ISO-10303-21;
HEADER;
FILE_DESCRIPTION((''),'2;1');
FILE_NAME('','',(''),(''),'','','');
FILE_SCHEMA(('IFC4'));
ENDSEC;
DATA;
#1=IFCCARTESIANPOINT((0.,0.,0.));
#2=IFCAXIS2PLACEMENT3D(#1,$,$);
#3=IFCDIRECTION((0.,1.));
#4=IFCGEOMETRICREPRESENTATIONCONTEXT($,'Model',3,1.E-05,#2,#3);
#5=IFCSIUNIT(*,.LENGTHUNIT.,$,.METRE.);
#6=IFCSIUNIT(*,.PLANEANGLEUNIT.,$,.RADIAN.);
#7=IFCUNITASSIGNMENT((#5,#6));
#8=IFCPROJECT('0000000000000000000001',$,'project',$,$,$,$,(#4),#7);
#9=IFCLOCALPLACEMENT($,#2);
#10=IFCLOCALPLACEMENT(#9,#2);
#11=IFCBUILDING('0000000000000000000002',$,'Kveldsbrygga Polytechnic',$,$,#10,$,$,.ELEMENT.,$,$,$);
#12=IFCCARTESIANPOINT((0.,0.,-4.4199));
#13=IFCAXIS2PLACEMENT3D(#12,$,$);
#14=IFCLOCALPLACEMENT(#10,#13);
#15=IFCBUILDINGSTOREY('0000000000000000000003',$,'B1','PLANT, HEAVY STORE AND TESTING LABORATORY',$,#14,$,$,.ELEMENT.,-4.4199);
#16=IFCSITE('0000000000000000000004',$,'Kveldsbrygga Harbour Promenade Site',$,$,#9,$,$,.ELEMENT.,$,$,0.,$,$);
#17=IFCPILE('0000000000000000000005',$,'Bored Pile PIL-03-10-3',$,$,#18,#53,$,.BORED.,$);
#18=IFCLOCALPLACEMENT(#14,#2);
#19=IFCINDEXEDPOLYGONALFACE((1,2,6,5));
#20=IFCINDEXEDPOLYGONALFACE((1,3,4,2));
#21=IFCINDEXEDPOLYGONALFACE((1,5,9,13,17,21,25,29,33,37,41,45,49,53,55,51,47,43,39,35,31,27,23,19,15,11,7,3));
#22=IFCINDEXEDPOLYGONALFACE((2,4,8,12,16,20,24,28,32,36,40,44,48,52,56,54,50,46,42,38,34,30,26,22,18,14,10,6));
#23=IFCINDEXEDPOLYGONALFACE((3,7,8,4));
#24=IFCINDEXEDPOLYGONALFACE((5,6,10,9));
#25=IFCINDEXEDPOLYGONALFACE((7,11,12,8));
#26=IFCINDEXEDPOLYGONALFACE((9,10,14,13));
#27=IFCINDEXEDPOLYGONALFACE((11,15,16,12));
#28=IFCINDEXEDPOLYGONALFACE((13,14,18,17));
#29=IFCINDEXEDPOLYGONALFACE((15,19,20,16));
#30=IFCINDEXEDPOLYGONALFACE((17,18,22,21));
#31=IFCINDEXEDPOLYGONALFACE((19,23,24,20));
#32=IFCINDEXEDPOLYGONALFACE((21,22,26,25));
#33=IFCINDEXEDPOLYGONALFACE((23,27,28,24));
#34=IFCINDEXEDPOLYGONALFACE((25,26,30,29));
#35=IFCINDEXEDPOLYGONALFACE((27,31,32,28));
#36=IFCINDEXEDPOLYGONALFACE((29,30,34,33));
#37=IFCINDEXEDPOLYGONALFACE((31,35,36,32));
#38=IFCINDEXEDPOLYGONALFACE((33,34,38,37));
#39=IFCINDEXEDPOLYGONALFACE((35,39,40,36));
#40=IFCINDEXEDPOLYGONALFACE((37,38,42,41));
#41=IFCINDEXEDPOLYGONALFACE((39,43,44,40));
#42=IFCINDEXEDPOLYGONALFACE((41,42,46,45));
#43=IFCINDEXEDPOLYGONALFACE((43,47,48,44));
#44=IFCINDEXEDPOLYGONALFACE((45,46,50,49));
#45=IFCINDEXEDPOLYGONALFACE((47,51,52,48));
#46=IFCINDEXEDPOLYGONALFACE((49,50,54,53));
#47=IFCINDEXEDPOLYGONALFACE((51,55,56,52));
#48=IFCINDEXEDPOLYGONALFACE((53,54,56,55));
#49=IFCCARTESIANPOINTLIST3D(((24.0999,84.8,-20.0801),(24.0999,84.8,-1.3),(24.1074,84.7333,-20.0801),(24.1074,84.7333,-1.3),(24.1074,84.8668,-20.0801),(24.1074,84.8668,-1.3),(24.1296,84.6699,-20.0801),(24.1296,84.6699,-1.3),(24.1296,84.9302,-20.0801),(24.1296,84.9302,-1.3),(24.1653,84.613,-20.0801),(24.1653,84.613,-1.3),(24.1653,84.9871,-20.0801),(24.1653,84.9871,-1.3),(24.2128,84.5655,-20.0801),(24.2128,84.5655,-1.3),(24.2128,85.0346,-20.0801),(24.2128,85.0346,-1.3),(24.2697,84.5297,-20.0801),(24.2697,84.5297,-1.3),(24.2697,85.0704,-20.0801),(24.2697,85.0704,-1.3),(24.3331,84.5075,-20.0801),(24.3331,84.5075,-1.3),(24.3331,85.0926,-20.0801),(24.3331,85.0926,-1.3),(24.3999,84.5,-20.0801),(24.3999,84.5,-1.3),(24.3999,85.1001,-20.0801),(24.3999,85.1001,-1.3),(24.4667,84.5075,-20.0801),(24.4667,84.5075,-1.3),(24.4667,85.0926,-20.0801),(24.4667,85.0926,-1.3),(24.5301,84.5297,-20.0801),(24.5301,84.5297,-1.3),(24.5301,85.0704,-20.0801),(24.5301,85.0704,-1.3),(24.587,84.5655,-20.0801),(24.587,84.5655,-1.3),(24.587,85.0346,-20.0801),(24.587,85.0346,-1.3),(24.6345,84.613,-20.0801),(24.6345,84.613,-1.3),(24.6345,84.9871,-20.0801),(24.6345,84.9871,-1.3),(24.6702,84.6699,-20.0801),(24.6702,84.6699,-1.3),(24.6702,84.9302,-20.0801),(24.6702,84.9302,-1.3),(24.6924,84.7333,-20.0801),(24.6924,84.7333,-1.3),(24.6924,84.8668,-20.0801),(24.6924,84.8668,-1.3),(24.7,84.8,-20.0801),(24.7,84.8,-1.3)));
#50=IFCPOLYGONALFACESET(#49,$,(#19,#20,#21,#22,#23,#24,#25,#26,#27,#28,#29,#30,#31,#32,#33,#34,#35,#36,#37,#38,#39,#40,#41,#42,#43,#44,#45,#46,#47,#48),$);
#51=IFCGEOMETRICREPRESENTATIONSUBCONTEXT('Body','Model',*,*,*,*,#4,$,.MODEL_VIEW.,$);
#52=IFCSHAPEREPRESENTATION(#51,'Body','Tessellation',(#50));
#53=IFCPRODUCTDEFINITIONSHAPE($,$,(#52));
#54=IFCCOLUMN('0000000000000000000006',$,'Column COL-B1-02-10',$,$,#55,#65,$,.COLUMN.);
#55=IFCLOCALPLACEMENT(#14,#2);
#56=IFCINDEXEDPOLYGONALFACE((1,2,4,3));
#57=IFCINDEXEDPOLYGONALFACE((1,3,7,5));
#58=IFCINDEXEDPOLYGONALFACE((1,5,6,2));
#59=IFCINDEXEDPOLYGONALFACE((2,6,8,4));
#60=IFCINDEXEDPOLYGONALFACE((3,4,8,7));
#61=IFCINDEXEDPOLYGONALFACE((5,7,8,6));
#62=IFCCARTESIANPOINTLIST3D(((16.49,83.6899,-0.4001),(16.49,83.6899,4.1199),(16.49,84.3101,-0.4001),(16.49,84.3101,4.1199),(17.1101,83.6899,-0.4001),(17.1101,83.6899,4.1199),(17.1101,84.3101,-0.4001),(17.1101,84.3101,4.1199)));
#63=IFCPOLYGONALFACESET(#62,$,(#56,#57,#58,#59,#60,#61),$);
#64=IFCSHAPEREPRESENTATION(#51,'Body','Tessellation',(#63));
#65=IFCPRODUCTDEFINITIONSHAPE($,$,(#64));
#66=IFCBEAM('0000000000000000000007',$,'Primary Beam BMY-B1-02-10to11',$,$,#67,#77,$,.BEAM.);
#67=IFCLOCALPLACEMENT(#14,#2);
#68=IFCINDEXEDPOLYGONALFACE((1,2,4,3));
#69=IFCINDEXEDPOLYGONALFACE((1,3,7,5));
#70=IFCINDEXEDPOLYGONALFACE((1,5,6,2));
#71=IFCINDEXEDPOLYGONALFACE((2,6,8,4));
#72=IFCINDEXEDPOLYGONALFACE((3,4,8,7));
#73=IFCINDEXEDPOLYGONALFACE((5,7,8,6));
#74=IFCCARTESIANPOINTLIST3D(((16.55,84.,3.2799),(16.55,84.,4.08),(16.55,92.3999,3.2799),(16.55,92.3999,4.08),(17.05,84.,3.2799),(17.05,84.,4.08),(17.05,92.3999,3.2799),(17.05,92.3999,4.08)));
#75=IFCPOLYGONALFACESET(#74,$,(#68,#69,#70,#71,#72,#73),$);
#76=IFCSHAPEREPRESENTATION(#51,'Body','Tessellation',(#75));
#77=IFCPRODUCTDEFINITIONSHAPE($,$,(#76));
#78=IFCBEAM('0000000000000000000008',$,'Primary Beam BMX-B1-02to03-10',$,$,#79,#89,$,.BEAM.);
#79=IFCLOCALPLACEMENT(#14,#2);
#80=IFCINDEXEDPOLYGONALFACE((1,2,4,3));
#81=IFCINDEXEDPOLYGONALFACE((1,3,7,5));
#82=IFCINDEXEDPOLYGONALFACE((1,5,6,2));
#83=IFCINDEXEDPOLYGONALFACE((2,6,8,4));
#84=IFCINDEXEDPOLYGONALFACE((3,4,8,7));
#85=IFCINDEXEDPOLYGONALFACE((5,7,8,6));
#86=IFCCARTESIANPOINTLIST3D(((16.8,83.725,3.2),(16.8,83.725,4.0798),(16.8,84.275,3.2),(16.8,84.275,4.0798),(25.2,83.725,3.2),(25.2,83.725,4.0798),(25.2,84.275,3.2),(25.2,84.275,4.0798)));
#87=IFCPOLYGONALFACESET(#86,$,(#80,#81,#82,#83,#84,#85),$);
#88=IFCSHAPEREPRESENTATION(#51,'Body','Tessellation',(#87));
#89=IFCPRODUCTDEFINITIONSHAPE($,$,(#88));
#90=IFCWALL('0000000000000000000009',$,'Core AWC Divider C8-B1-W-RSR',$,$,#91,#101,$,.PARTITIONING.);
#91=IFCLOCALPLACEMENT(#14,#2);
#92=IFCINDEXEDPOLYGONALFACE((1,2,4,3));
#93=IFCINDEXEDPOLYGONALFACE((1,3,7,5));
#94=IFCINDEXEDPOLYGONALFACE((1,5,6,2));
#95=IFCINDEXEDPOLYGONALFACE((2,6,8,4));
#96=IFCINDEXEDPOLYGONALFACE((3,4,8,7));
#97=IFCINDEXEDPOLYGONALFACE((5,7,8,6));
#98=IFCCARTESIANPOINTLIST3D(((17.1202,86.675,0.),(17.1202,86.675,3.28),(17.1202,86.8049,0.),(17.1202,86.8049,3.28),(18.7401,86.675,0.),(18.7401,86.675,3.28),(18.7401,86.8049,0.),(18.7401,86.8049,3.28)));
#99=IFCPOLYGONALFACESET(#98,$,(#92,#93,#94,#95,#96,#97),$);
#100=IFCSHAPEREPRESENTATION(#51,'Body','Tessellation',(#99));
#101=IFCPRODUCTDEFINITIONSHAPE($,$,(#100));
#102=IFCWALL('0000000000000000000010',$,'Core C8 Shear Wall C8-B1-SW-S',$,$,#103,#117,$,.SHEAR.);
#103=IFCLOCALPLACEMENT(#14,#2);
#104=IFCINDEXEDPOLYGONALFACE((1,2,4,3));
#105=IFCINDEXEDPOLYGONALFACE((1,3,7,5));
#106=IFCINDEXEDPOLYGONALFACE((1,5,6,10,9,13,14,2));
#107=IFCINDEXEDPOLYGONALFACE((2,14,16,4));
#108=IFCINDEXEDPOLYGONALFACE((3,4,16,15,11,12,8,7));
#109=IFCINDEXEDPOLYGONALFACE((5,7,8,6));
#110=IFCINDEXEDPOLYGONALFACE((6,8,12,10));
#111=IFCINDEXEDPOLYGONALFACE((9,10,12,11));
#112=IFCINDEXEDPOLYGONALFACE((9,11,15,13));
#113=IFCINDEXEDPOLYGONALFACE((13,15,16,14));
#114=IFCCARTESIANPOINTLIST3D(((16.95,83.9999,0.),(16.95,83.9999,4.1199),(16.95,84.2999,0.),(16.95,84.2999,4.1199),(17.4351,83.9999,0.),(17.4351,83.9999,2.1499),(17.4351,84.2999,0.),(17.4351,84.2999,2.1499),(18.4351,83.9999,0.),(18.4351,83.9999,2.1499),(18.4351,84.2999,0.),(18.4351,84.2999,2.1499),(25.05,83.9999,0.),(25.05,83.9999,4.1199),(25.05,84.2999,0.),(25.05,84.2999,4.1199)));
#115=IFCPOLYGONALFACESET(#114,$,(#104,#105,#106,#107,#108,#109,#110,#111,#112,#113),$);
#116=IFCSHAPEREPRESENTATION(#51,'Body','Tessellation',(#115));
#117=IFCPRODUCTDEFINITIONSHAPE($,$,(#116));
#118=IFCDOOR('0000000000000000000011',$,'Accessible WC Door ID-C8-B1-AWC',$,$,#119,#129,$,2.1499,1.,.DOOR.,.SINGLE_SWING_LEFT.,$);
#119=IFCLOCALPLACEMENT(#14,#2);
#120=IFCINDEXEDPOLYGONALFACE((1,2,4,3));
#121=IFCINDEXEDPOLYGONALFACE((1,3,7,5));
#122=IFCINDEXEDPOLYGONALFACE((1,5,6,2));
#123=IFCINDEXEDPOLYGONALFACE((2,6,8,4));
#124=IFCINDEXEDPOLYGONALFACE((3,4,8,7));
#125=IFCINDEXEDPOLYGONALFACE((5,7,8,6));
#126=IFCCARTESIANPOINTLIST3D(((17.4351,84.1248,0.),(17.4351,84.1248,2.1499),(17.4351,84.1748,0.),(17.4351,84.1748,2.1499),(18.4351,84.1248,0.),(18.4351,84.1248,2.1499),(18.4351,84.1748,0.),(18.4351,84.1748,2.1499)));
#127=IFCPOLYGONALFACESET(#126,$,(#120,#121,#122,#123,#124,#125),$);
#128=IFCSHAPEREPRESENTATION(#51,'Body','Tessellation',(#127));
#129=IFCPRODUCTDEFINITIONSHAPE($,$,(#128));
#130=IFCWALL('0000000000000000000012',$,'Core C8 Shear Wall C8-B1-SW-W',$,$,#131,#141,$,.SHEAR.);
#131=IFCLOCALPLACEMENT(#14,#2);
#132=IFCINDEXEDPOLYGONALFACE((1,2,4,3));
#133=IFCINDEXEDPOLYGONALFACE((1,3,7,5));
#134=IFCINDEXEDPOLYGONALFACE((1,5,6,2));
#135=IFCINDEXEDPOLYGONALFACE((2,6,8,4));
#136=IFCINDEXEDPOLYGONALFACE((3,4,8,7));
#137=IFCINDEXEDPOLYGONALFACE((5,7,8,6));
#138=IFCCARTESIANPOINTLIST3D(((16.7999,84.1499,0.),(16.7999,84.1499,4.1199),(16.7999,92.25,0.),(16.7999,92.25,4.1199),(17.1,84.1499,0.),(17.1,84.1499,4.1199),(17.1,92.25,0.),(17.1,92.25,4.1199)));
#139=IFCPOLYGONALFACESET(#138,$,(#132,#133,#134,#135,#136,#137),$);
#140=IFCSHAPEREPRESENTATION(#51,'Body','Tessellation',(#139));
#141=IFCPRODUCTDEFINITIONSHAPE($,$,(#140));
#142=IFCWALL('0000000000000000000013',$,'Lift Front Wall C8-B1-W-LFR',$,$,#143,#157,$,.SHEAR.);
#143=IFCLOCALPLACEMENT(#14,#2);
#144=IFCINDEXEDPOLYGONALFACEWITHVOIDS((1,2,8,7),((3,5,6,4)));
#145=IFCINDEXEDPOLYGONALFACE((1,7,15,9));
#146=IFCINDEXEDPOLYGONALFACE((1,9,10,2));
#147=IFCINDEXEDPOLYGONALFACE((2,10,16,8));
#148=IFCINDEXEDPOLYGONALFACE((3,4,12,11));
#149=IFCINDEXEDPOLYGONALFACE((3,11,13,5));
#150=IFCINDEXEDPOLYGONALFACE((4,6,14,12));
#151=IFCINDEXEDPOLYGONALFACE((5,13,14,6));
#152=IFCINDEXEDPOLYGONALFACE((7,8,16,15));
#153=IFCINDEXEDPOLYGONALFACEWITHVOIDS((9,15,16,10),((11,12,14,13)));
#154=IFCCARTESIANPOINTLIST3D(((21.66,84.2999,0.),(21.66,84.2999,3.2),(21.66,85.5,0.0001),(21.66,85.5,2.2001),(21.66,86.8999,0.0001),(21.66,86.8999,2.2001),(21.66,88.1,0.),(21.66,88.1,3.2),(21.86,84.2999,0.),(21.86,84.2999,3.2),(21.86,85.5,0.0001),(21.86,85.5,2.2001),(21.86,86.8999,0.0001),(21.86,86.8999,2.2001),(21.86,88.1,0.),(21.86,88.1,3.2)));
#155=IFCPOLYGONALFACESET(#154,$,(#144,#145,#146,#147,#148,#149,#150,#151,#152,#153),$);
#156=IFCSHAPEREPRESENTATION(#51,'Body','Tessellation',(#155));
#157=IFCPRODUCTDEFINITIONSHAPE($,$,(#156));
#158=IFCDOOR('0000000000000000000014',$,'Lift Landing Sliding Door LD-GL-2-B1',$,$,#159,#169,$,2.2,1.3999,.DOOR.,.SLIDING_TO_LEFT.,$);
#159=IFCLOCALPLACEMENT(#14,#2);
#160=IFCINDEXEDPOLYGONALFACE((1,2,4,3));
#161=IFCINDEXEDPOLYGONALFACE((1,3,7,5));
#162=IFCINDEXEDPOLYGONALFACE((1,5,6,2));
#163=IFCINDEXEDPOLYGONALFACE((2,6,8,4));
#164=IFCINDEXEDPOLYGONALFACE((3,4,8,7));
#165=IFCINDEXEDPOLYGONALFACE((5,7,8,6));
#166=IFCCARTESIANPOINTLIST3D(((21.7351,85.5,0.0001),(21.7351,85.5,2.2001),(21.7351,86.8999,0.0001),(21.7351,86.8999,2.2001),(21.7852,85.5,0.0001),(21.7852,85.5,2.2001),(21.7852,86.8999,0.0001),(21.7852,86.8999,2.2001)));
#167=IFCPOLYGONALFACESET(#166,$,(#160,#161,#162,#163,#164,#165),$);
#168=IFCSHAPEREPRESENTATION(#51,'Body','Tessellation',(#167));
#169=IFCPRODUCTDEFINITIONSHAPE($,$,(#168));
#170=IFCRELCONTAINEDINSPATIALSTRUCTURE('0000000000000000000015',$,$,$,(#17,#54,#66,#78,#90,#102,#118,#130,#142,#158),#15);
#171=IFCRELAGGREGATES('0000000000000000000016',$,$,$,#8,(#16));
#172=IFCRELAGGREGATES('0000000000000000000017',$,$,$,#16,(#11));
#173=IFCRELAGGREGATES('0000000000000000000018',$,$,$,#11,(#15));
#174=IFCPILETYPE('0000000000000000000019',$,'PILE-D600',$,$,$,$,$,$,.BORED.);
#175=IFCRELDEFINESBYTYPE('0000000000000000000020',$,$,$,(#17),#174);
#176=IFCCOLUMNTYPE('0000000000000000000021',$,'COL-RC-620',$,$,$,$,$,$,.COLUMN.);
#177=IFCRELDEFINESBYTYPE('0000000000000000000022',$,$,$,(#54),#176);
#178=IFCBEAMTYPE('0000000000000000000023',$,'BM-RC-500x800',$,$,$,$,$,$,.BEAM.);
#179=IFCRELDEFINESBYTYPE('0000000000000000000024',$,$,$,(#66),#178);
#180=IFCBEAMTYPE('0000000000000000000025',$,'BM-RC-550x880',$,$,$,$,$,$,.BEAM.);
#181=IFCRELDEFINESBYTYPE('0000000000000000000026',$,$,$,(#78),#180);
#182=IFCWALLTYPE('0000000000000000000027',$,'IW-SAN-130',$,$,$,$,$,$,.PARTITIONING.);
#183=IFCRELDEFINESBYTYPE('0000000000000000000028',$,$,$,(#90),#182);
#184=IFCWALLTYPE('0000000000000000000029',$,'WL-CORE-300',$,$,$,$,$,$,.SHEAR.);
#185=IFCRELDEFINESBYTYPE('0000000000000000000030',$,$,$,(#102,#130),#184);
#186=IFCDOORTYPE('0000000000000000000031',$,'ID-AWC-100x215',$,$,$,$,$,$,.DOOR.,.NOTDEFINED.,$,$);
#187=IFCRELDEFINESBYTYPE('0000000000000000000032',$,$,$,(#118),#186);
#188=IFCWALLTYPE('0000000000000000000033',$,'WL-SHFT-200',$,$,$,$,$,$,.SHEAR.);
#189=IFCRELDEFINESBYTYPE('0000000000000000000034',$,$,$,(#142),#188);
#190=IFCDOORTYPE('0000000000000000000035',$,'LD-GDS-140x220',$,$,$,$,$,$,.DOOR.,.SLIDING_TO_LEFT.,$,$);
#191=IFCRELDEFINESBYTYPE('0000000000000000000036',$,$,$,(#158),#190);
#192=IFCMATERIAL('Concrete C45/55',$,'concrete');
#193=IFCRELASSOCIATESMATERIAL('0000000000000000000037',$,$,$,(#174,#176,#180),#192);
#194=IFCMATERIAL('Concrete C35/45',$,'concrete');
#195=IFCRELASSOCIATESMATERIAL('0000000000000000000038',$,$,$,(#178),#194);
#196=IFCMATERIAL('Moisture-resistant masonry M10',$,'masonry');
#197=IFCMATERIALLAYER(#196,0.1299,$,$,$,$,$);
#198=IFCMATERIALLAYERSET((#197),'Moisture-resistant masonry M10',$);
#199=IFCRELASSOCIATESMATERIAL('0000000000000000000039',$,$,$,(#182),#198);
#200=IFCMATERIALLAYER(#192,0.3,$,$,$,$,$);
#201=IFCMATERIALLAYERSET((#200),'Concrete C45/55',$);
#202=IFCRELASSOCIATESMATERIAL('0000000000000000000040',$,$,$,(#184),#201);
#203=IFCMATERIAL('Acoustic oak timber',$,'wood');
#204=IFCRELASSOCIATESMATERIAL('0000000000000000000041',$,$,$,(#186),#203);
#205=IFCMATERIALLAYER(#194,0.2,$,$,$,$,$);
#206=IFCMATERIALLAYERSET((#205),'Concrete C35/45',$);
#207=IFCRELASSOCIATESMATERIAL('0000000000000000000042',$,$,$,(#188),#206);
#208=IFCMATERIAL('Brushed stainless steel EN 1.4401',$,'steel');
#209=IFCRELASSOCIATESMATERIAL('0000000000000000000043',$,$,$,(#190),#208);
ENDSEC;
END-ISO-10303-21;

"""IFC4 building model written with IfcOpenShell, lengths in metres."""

from ifc_helpers import new_model, si_unit, direction, frame, frame_2d, origin, origin_2d, place, context, subcontext, project, spatial, rectangle, circle, extrude, material, layer, layer_set, material_profile, profile_set, type_object, element, fill, save


model = new_model("IFC4")

# Units and contexts
model_context = context("Model", 3, precision=1e-05, world=origin(), true_north=direction((0.0, 1.0)))
body_context = subcontext(model_context, "Body", "Model", "MODEL_VIEW")
ifc_project = project(units=[si_unit("LENGTHUNIT", "METRE"), si_unit("PLANEANGLEUNIT", "RADIAN")], contexts=[model_context])

# Site, building, storey
site_placement = place(None, origin())
site = spatial("IfcSite", under=ifc_project, at=site_placement, Name="Kveldsbrygga Harbour Promenade Site", CompositionType="ELEMENT", RefElevation=0.0)
building_placement = place(site_placement, origin())
building = spatial("IfcBuilding", under=site, at=building_placement, Name="Kveldsbrygga Polytechnic", CompositionType="ELEMENT")
storey_placement = place(building_placement, frame((0.0, 0.0, -4.4199)))
storey = spatial("IfcBuildingStorey", under=building, at=storey_placement, Name="B1", Description="PLANT, HEAVY STORE AND TESTING LABORATORY", CompositionType="ELEMENT", Elevation=-4.4199)

# Shared definitions
ifc_material_1 = material(Name="Concrete C45/55", Category="concrete")

# Pile
ifc_material_profile_1 = material_profile(ifc_material_1, circle(Radius=0.3, at=origin_2d()), Name="PILE D600")
ifc_profile_set_1 = profile_set([ifc_material_profile_1], Name="Concrete C45/55")
pile_type = type_object("IfcPileType", Name="PILE-D600", PredefinedType="BORED", material=ifc_profile_set_1)
for number, where, z_axis, x_axis, name in (
    (1, (24.3999, 84.8, -1.3), (0.0, 0.0, -1.0), (1.0, 0.0, 0.0), "Bored Pile PIL-03-10-3"),
):
    element("IfcPile", number, at=place(storey_placement, frame(where, z_axis=z_axis, x_axis=x_axis)), inside=storey, type_object=pile_type, Name=name, PredefinedType="BORED", context=body_context, shape_type="SweptSolid", body=[
        extrude(circle(Radius=0.3, at=origin_2d()), origin(), (0.0, 0.0, 1.0), 18.78),
    ])

# Column
ifc_material_profile_2 = material_profile(ifc_material_1, rectangle(XDim=0.6201, YDim=0.6201, at=origin_2d()), Name="RC 620x620")
ifc_profile_set_2 = profile_set([ifc_material_profile_2], Name="Concrete C45/55")
column_type = type_object("IfcColumnType", Name="COL-RC-620", PredefinedType="COLUMN", material=ifc_profile_set_2)
column_placement = place(storey_placement, frame((16.8, 84.0, -0.4001), z_axis=(0.0, 0.0, 1.0), x_axis=(1.0, 0.0, 0.0)))
element("IfcColumn", 2, at=column_placement, inside=storey, type_object=column_type, Name="Column COL-B1-02-10", PredefinedType="COLUMN", context=body_context, shape_type="SweptSolid", body=[
    extrude(rectangle(XDim=0.6201, YDim=0.6201, at=origin_2d()), origin(), (0.0, 0.0, 1.0), 4.52),
])

# Beams
ifc_material_2 = material(Name="Concrete C35/45", Category="concrete")
ifc_material_profile_3 = material_profile(ifc_material_2, rectangle(XDim=0.5, YDim=0.8, at=origin_2d()), Name="RC 500x800")
ifc_profile_set_3 = profile_set([ifc_material_profile_3], Name="Concrete C35/45")
beam_type_1 = type_object("IfcBeamType", Name="BM-RC-500x800", PredefinedType="BEAM", material=ifc_profile_set_3)
beam_1_placement = place(storey_placement, frame((16.8, 84.0, 3.6799), z_axis=(0.0, 1.0, 0.0), x_axis=(-1.0, 0.0, 0.0)))
element("IfcBeam", 3, at=beam_1_placement, inside=storey, type_object=beam_type_1, Name="Primary Beam BMY-B1-02-10to11", PredefinedType="BEAM", context=body_context, shape_type="SweptSolid", body=[
    extrude(rectangle(XDim=0.5, YDim=0.8, at=origin_2d()), origin(), (0.0, 0.0, 1.0), 8.3999),
])
ifc_material_profile_4 = material_profile(ifc_material_1, rectangle(XDim=0.55, YDim=0.8799, at=origin_2d()), Name="RC 550x880")
ifc_profile_set_4 = profile_set([ifc_material_profile_4], Name="Concrete C45/55")
beam_type_2 = type_object("IfcBeamType", Name="BM-RC-550x880", PredefinedType="BEAM", material=ifc_profile_set_4)
beam_2_placement = place(storey_placement, frame((16.8, 84.0, 3.6399), z_axis=(1.0, 0.0, 0.0), x_axis=(0.0, 1.0, 0.0)))
element("IfcBeam", 4, at=beam_2_placement, inside=storey, type_object=beam_type_2, Name="Primary Beam BMX-B1-02to03-10", PredefinedType="BEAM", context=body_context, shape_type="SweptSolid", body=[
    extrude(rectangle(XDim=0.55, YDim=0.8799, at=origin_2d()), origin(), (0.0, 0.0, 1.0), 8.3999),
])

# Wall
ifc_material_3 = material(Name="Moisture-resistant masonry M10", Category="masonry")
ifc_layer_1 = layer(ifc_material_3, 0.1299)
ifc_layer_set_1 = layer_set([ifc_layer_1], Name="Moisture-resistant masonry M10")
wall_type_1 = type_object("IfcWallType", Name="IW-SAN-130", PredefinedType="PARTITIONING", material=ifc_layer_set_1)
wall_1_placement = place(storey_placement, frame((17.1201, 86.74, 0.0), z_axis=(0.0, 0.0, 1.0), x_axis=(1.0, 0.0, 0.0)))
element("IfcWall", 5, at=wall_1_placement, inside=storey, type_object=wall_type_1, Name="Core AWC Divider C8-B1-W-RSR", PredefinedType="PARTITIONING", context=body_context, shape_type="SweptSolid", body=[
    extrude(rectangle(XDim=1.6199, YDim=0.1299, at=frame_2d((0.8101, 0.0))), origin(), (0.0, 0.0, 1.0), 3.28),
])

# Wall, opening, door
ifc_layer_2 = layer(ifc_material_1, 0.3)
ifc_layer_set_2 = layer_set([ifc_layer_2], Name="Concrete C45/55")
wall_type_2 = type_object("IfcWallType", Name="WL-CORE-300", PredefinedType="SHEAR", material=ifc_layer_set_2)
wall_2_placement = place(storey_placement, frame((16.95, 84.1499, 0.0), z_axis=(0.0, 0.0, 1.0), x_axis=(1.0, 0.0, 0.0)))
wall_2 = element("IfcWall", 6, at=wall_2_placement, inside=storey, type_object=wall_type_2, Name="Core C8 Shear Wall C8-B1-SW-S", PredefinedType="SHEAR", context=body_context, shape_type="SweptSolid", body=[
    extrude(rectangle(XDim=8.1001, YDim=0.3, at=frame_2d((4.05, 0.0))), origin(), (0.0, 0.0, 1.0), 4.1199),
])
opening_1_placement = place(wall_2_placement, frame((0.4851, 0.0, 0.0)))
opening_1 = element("IfcOpeningElement", 7, at=opening_1_placement, cuts=wall_2, PredefinedType="OPENING", context=body_context, shape_type="SweptSolid", body=[
    extrude(rectangle(XDim=1.0, YDim=2.1499, at=frame_2d((0.5, 1.075))), frame((0.0, 0.1602, 0.0), z_axis=(0.0, -1.0, 0.0), x_axis=(1.0, 0.0, 0.0)), (0.0, 0.0, 1.0), 0.3201),
])
ifc_material_4 = material(Name="Acoustic oak timber", Category="wood")
door_type_1 = type_object("IfcDoorType", Name="ID-AWC-100x215", OperationType="NOTDEFINED", PredefinedType="DOOR", material=ifc_material_4)
door_1_placement = place(opening_1_placement, origin())
door_1 = element("IfcDoor", 8, at=door_1_placement, inside=storey, type_object=door_type_1, Name="Accessible WC Door ID-C8-B1-AWC", OperationType="SINGLE_SWING_LEFT", OverallHeight=2.1499, OverallWidth=1.0, PredefinedType="DOOR", context=body_context, shape_type="SweptSolid", body=[
    extrude(rectangle(XDim=1.0, YDim=2.1499, at=frame_2d((0.5, 1.075))), frame((0.0, 0.0249, 0.0), z_axis=(0.0, -1.0, 0.0), x_axis=(1.0, 0.0, 0.0)), (0.0, 0.0, 1.0), 0.05),
])
fill(opening_1, door_1)

# Wall
wall_3_placement = place(storey_placement, frame((16.95, 84.1499, 0.0), z_axis=(0.0, 0.0, 1.0), x_axis=(0.0, 1.0, 0.0)))
element("IfcWall", 9, at=wall_3_placement, inside=storey, type_object=wall_type_2, Name="Core C8 Shear Wall C8-B1-SW-W", PredefinedType="SHEAR", context=body_context, shape_type="SweptSolid", body=[
    extrude(rectangle(XDim=8.1001, YDim=0.3, at=frame_2d((4.05, 0.0))), origin(), (0.0, 0.0, 1.0), 4.1199),
])

# Wall, opening, door
ifc_layer_3 = layer(ifc_material_2, 0.2)
ifc_layer_set_3 = layer_set([ifc_layer_3], Name="Concrete C35/45")
wall_type_3 = type_object("IfcWallType", Name="WL-SHFT-200", PredefinedType="SHEAR", material=ifc_layer_set_3)
wall_4_placement = place(storey_placement, frame((21.76, 84.3, 0.0), z_axis=(0.0, 0.0, 1.0), x_axis=(0.0, 1.0, 0.0)))
wall_4 = element("IfcWall", 10, at=wall_4_placement, inside=storey, type_object=wall_type_3, Name="Lift Front Wall C8-B1-W-LFR", PredefinedType="SHEAR", context=body_context, shape_type="SweptSolid", body=[
    extrude(rectangle(XDim=3.8, YDim=0.2, at=frame_2d((1.8999, 0.0))), origin(), (0.0, 0.0, 1.0), 3.2),
])
opening_2_placement = place(wall_4_placement, frame((1.2, 0.0, 0.0)))
opening_2 = element("IfcOpeningElement", 11, at=opening_2_placement, cuts=wall_4, PredefinedType="OPENING", context=body_context, shape_type="SweptSolid", body=[
    extrude(rectangle(XDim=1.3999, YDim=2.2, at=frame_2d((0.7, 1.1001))), frame((0.0, 0.1099, 0.0), z_axis=(0.0, -1.0, 0.0), x_axis=(1.0, 0.0, 0.0)), (0.0, 0.0, 1.0), 0.22),
])
ifc_material_5 = material(Name="Brushed stainless steel EN 1.4401", Category="steel")
door_type_2 = type_object("IfcDoorType", Name="LD-GDS-140x220", OperationType="SLIDING_TO_LEFT", PredefinedType="DOOR", material=ifc_material_5)
door_2_placement = place(opening_2_placement, origin())
door_2 = element("IfcDoor", 12, at=door_2_placement, inside=storey, type_object=door_type_2, Name="Lift Landing Sliding Door LD-GL-2-B1", OperationType="SLIDING_TO_LEFT", OverallHeight=2.2, OverallWidth=1.3999, PredefinedType="DOOR", context=body_context, shape_type="SweptSolid", body=[
    extrude(rectangle(XDim=1.3999, YDim=2.2, at=frame_2d((0.7, 1.1001))), frame((0.0, 0.0249, 0.0), z_axis=(0.0, -1.0, 0.0), x_axis=(1.0, 0.0, 0.0)), (0.0, 0.0, 1.0), 0.05),
])
fill(opening_2, door_2)

save(model, "model.ifc")
